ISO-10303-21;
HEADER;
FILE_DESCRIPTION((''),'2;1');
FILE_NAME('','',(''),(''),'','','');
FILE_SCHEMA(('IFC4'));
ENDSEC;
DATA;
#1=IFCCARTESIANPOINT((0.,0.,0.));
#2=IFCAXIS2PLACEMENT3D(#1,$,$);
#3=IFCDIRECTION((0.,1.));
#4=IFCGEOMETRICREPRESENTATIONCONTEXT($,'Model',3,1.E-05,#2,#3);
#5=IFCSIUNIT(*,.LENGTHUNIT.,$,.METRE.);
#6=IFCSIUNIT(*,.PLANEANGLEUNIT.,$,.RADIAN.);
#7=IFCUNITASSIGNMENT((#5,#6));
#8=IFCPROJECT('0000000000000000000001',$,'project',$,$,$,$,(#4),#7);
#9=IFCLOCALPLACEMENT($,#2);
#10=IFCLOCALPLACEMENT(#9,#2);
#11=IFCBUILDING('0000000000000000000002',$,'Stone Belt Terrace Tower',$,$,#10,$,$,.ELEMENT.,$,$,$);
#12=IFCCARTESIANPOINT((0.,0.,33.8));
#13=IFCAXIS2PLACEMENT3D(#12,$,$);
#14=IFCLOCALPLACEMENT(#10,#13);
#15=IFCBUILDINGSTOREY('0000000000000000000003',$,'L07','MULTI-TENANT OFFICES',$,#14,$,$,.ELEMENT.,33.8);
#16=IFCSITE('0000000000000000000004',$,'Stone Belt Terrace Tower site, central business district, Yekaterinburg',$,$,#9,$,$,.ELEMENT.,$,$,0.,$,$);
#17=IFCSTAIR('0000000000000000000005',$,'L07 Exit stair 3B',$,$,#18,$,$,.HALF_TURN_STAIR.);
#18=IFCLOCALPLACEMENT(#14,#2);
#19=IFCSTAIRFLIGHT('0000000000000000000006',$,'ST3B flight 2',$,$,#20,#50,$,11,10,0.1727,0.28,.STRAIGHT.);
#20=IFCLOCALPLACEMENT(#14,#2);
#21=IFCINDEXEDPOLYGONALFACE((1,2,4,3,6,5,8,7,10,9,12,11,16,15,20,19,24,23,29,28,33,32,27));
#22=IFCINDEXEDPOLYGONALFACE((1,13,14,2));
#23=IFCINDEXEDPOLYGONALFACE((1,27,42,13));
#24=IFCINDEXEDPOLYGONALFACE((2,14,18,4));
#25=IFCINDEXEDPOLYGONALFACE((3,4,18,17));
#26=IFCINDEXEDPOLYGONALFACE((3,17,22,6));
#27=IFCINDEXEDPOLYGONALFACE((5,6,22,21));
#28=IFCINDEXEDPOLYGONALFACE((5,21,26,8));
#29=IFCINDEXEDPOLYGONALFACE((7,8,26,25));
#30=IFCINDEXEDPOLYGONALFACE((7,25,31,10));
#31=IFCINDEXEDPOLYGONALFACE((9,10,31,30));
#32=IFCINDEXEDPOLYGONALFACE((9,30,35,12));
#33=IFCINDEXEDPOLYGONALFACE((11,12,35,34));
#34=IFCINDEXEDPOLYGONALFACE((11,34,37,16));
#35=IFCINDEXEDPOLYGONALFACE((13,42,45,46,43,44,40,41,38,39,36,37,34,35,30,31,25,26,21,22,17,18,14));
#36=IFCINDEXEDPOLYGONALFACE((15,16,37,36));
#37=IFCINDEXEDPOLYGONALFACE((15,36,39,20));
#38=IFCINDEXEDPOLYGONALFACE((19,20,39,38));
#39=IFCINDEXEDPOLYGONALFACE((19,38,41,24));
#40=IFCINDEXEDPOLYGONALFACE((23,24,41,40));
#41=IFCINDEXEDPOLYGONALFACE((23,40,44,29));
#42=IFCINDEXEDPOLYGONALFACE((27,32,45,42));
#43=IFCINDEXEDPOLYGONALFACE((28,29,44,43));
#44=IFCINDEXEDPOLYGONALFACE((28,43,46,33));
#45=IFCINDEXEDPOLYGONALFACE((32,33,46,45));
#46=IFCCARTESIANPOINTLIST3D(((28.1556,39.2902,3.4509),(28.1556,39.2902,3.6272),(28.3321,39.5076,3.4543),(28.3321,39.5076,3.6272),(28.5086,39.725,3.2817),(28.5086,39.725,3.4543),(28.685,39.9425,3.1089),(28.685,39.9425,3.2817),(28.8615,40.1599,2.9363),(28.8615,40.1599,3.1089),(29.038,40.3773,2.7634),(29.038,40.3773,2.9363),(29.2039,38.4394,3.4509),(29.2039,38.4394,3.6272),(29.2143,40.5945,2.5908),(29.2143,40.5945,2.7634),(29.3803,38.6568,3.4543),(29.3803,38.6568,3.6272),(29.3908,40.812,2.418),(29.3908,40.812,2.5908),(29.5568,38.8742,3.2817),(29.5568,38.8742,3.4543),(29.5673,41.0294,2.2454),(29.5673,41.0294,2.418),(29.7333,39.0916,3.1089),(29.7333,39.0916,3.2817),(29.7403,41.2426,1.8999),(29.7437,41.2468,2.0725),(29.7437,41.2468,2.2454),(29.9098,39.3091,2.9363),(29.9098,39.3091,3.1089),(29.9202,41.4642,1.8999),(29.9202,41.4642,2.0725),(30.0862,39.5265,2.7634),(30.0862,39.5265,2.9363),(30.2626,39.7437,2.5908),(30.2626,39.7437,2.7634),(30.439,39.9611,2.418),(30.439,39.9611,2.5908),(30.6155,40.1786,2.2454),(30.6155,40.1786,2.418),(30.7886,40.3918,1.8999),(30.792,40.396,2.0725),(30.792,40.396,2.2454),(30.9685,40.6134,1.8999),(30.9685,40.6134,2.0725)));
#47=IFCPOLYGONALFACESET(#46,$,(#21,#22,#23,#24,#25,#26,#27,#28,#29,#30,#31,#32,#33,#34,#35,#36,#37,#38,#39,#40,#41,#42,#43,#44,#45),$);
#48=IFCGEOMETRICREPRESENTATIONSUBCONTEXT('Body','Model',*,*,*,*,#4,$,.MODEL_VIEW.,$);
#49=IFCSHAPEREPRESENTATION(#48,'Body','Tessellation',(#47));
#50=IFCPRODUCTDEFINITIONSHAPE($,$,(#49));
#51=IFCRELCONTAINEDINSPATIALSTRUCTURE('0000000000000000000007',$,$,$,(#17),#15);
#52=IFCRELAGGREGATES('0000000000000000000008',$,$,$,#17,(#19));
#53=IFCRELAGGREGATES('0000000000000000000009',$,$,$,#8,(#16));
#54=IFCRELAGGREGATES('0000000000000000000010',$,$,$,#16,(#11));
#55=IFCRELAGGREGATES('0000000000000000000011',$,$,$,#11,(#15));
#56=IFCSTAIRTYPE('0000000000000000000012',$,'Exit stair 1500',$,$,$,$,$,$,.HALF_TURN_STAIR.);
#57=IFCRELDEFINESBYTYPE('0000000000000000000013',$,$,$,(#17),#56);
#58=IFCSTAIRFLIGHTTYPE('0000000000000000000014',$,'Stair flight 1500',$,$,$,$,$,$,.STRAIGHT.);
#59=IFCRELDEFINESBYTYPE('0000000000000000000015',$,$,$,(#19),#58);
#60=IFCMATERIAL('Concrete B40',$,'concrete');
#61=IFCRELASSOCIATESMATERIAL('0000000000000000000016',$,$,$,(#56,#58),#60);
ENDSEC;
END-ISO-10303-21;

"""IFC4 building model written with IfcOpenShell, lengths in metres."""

from ifc_helpers import new_model, si_unit, direction, frame, origin, place, context, subcontext, project, spatial, polyline, outline, extrude, material, type_object, element, aggregate, save


model = new_model("IFC4")

# Units and contexts
model_context = context("Model", 3, precision=1e-05, world=origin(), true_north=direction((0.0, 1.0)))
body_context = subcontext(model_context, "Body", "Model", "MODEL_VIEW")
ifc_project = project(units=[si_unit("LENGTHUNIT", "METRE"), si_unit("PLANEANGLEUNIT", "RADIAN")], contexts=[model_context])

# Site, building, storey
site_placement = place(None, origin())
site = spatial("IfcSite", under=ifc_project, at=site_placement, Name="Stone Belt Terrace Tower site, central business district, Yekaterinburg", CompositionType="ELEMENT", RefElevation=0.0)
building_placement = place(site_placement, origin())
building = spatial("IfcBuilding", under=site, at=building_placement, Name="Stone Belt Terrace Tower", CompositionType="ELEMENT")
storey_placement = place(building_placement, frame((0.0, 0.0, 33.8)))
storey = spatial("IfcBuildingStorey", under=building, at=storey_placement, Name="L07", Description="MULTI-TENANT OFFICES", CompositionType="ELEMENT", Elevation=33.8)

# Stair, stair flight
ifc_material_1 = material(Name="Concrete B40", Category="concrete")
stair_type = type_object("IfcStairType", Name="Exit stair 1500", PredefinedType="HALF_TURN_STAIR", material=ifc_material_1)
stair_placement = place(storey_placement, origin())
stair = element("IfcStair", 1, at=stair_placement, inside=storey, type_object=stair_type, Name="L07 Exit stair 3B", PredefinedType="HALF_TURN_STAIR")
stair_flight_type = type_object("IfcStairFlightType", Name="Stair flight 1500", PredefinedType="STRAIGHT", material=ifc_material_1)
stair_flight_1_placement = place(storey_placement, frame((30.4443, 41.0388, 1.8999), z_axis=(0.0, 0.0, 1.0), x_axis=(-0.630206, -0.776428, 0.0)))
stair_flight_1 = element("IfcStairFlight", 2, at=stair_flight_1_placement, type_object=stair_flight_type, Name="ST3B flight 2", NumberOfRisers=11, NumberOfTreads=10, PredefinedType="STRAIGHT", RiserHeight=0.1727, TreadLength=0.28, context=body_context, shape_type="SweptSolid", body=[
    extrude(outline(polyline([(0.0, 0.0), (0.0, 0.1726), (0.28, 0.1726), (0.28, 0.3455), (0.5601, 0.3455), (0.5601, 0.5181), (0.8401, 0.5181), (0.8401, 0.6909), (1.1201, 0.6909), (1.1201, 0.8635), (1.3999, 0.8635), (1.3999, 1.0364), (1.6799, 1.0364), (1.6799, 1.209), (1.96, 1.209), (1.96, 1.3818), (2.24, 1.3818), (2.24, 1.5544), (2.52, 1.5544), (2.52, 1.7273), (2.8, 1.7273), (2.8, 1.8999), (2.8, 1.551), (0.2854, 0.0), (0.0, 0.0)])), frame((0.0, 0.675, 0.0), z_axis=(0.0, -1.0, 0.0), x_axis=(1.0, 0.0, 0.0)), (0.0, 0.0, 1.0), 1.3501),
])
aggregate(stair, [stair_flight_1])

save(model, "model.ifc")
